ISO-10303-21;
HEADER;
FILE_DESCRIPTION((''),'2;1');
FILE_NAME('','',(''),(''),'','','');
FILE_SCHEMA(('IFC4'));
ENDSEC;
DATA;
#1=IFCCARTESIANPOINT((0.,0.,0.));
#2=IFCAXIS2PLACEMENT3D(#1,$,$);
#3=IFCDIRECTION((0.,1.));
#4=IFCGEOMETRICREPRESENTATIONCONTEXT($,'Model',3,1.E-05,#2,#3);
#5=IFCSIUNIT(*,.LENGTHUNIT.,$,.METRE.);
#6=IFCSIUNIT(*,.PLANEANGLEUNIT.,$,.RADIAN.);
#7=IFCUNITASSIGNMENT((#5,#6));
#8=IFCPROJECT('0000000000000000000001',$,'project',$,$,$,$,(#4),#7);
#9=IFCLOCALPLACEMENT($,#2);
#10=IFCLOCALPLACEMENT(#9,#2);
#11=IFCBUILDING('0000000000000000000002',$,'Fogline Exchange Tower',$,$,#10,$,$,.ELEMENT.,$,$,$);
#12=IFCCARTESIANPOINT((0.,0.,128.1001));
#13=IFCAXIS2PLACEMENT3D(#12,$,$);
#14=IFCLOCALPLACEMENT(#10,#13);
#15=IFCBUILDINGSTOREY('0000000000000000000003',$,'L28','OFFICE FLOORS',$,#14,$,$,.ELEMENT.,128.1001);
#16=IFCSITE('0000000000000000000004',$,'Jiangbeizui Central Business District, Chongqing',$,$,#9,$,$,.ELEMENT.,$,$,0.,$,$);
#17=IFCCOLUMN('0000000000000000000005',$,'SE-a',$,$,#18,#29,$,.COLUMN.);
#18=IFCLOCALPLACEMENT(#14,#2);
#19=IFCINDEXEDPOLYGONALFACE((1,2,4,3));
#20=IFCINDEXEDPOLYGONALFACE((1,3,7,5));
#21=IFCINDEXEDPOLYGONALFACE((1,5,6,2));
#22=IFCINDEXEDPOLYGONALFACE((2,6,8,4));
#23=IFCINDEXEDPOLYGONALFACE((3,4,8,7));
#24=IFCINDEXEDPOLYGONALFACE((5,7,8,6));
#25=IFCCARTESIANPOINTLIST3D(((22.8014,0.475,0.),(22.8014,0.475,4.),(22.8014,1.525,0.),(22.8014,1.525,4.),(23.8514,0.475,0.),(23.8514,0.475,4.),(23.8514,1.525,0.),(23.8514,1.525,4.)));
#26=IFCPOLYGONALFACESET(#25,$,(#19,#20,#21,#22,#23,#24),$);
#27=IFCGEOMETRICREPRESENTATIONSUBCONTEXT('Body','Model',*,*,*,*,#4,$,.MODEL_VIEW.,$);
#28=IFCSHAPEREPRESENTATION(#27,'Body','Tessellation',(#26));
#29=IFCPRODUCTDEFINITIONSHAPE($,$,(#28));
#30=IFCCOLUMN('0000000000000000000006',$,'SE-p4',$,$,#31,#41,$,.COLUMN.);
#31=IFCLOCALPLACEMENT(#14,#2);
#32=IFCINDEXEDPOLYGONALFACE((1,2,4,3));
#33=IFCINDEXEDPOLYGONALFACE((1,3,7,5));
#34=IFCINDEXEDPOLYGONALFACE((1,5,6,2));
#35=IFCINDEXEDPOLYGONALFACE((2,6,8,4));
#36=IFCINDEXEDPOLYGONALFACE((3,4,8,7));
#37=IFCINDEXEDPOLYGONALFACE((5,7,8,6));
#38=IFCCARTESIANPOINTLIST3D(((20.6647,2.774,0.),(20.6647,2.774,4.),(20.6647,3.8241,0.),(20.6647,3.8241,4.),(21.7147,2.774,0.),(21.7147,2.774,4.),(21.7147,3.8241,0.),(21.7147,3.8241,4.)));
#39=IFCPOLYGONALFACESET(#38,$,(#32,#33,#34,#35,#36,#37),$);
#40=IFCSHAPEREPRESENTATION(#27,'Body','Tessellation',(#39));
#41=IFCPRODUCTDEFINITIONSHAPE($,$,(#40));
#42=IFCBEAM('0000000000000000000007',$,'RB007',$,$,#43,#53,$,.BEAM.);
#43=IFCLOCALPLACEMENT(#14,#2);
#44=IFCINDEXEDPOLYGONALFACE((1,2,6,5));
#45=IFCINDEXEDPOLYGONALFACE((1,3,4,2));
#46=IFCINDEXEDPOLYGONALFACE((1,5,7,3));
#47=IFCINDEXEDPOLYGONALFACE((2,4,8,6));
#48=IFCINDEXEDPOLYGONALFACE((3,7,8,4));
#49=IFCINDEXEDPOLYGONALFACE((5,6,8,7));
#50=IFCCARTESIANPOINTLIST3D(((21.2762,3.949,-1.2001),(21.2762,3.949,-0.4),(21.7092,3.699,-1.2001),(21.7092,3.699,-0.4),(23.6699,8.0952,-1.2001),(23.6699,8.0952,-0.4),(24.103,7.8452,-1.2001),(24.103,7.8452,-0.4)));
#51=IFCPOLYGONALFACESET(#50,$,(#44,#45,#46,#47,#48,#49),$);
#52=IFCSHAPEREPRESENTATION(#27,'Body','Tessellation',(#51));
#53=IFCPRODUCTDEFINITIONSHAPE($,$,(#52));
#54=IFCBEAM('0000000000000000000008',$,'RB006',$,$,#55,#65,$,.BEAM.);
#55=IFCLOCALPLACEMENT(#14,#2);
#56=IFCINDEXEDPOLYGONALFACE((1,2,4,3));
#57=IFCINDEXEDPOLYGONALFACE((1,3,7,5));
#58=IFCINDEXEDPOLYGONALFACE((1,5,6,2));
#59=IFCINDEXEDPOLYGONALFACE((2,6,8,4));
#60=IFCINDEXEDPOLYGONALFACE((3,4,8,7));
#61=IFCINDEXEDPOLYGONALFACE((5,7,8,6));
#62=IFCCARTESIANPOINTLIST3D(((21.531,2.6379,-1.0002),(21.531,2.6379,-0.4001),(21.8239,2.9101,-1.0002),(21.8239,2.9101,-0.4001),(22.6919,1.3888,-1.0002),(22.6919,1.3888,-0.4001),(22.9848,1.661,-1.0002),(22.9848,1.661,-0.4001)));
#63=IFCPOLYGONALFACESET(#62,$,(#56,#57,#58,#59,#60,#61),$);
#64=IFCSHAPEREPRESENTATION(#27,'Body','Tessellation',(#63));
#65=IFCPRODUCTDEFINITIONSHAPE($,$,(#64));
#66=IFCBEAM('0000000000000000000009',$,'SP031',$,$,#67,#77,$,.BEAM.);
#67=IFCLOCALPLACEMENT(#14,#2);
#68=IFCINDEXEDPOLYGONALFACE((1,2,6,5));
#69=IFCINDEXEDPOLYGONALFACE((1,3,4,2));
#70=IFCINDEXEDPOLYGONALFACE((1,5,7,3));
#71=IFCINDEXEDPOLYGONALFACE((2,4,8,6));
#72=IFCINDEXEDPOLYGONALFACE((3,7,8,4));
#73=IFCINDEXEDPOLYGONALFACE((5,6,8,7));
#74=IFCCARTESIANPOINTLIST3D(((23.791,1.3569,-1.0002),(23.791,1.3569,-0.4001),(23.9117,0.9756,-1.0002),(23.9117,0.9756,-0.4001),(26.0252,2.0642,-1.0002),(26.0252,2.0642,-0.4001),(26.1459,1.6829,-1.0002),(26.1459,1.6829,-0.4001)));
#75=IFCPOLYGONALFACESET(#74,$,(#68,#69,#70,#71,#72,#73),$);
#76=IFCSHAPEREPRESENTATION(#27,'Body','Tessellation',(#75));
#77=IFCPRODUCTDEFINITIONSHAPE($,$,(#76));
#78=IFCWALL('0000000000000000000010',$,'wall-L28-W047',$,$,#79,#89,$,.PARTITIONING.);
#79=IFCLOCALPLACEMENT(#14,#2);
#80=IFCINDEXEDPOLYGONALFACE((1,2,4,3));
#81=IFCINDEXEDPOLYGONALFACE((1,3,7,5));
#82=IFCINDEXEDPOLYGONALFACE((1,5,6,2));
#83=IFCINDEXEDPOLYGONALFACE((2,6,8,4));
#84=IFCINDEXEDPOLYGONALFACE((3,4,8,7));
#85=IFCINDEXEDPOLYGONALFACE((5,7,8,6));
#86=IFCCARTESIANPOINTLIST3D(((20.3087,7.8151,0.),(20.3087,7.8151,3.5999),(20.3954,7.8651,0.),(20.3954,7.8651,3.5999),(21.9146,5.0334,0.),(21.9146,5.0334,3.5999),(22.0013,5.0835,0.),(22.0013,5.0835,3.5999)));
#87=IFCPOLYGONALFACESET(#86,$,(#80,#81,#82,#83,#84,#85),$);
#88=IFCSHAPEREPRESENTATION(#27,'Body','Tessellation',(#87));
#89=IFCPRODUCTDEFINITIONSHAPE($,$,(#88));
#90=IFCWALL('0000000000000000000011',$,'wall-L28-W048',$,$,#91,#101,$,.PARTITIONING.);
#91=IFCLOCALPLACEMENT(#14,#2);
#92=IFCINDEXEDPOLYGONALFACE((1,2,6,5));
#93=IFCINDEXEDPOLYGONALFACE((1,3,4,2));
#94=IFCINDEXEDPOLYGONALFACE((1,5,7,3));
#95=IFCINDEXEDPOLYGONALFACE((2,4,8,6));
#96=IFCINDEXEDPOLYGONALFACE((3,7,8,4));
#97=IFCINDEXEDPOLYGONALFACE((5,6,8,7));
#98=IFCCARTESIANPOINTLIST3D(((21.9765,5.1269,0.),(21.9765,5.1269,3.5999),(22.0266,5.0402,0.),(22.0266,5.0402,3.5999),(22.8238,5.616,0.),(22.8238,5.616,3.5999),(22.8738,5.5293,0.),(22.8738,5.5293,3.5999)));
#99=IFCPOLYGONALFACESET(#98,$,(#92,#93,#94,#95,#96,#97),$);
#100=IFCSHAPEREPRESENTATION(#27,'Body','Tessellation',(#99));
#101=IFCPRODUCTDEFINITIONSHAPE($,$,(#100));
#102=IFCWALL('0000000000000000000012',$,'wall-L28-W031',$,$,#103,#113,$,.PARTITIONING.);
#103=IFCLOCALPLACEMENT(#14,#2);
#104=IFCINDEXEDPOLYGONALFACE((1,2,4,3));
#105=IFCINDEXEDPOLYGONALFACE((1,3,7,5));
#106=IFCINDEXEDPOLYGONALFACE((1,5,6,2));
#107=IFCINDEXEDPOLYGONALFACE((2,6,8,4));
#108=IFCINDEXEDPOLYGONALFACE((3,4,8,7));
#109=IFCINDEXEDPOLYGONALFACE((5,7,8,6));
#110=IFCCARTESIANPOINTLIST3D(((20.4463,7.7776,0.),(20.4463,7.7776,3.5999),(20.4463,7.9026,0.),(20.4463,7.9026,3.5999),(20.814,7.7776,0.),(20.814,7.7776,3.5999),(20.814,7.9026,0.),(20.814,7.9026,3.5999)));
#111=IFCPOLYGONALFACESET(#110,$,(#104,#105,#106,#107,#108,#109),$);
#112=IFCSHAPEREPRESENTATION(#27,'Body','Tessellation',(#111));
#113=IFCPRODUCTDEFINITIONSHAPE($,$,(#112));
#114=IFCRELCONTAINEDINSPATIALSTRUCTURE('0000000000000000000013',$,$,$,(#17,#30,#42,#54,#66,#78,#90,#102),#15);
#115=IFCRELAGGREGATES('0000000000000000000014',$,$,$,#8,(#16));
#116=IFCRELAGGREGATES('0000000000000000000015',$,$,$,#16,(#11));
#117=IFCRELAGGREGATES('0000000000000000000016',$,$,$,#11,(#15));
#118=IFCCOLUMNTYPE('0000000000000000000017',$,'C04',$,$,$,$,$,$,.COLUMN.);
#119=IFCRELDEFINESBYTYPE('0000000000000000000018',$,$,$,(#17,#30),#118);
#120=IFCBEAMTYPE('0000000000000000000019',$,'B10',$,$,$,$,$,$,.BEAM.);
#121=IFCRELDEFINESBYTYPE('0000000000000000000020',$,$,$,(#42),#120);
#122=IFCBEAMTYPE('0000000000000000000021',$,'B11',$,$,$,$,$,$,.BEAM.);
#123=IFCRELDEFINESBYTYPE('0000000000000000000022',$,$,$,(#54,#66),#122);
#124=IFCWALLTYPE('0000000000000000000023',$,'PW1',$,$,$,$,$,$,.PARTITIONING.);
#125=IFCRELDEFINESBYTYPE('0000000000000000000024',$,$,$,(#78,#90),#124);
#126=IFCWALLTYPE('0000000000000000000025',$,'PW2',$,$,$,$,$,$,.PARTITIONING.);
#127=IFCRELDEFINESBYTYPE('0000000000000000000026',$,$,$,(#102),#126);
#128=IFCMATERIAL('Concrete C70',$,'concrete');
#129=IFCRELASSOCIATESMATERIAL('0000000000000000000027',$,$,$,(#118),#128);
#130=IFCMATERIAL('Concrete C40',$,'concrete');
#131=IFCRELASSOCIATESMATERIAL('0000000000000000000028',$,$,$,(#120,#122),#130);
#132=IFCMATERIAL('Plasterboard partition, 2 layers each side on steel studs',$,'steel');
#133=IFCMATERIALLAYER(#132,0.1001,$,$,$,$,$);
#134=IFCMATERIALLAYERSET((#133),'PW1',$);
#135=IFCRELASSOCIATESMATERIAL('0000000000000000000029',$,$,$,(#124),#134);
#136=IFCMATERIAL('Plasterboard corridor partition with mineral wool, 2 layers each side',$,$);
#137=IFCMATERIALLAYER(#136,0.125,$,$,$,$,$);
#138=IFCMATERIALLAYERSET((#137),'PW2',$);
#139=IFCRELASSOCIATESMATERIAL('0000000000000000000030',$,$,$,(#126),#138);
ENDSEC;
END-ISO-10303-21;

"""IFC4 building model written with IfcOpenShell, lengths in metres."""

from ifc_helpers import new_model, si_unit, direction, frame, frame_2d, origin, origin_2d, place, context, subcontext, project, spatial, rectangle, extrude, material, layer, layer_set, material_profile, profile_set, type_object, element, save


model = new_model("IFC4")

# Units and contexts
model_context = context("Model", 3, precision=1e-05, world=origin(), true_north=direction((0.0, 1.0)))
body_context = subcontext(model_context, "Body", "Model", "MODEL_VIEW")
ifc_project = project(units=[si_unit("LENGTHUNIT", "METRE"), si_unit("PLANEANGLEUNIT", "RADIAN")], contexts=[model_context])

# Site, building, storey
site_placement = place(None, origin())
site = spatial("IfcSite", under=ifc_project, at=site_placement, Name="Jiangbeizui Central Business District, Chongqing", CompositionType="ELEMENT", RefElevation=0.0)
building_placement = place(site_placement, origin())
building = spatial("IfcBuilding", under=site, at=building_placement, Name="Fogline Exchange Tower", CompositionType="ELEMENT")
storey_placement = place(building_placement, frame((0.0, 0.0, 128.1001)))
storey = spatial("IfcBuildingStorey", under=building, at=storey_placement, Name="L28", Description="OFFICE FLOORS", CompositionType="ELEMENT", Elevation=128.1001)

# Columns
ifc_material_1 = material(Name="Concrete C70", Category="concrete")
ifc_material_profile_1 = material_profile(ifc_material_1, rectangle(XDim=1.05, YDim=1.05, at=origin_2d()), Name="RC 1050x1050")
ifc_profile_set_1 = profile_set([ifc_material_profile_1], Name="Concrete C70")
column_type = type_object("IfcColumnType", Name="C04", PredefinedType="COLUMN", material=ifc_profile_set_1)
for number, where, z_axis, x_axis, name in (
    (1, (23.3264, 1.0, 0.0), (0.0, 0.0, 1.0), (1.0, 0.0, 0.0), "SE-a"),
    (2, (21.1897, 3.2991, 0.0), (0.0, 0.0, 1.0), (1.0, 0.0, 0.0), "SE-p4"),
):
    element("IfcColumn", number, at=place(storey_placement, frame(where, z_axis=z_axis, x_axis=x_axis)), inside=storey, type_object=column_type, Name=name, PredefinedType="COLUMN", context=body_context, shape_type="SweptSolid", body=[
        extrude(rectangle(XDim=1.05, YDim=1.05, at=origin_2d()), origin(), (0.0, 0.0, 1.0), 4.0),
    ])

# Beams
ifc_material_2 = material(Name="Concrete C40", Category="concrete")
ifc_material_profile_2 = material_profile(ifc_material_2, rectangle(XDim=0.5, YDim=0.8, at=origin_2d()), Name="RC 500x800")
ifc_profile_set_2 = profile_set([ifc_material_profile_2], Name="Concrete C40")
beam_type_1 = type_object("IfcBeamType", Name="B10", PredefinedType="BEAM", material=ifc_profile_set_2)
beam_1_placement = place(storey_placement, frame((21.4927, 3.824, -0.8), z_axis=(0.499995, 0.866028, 0.0), x_axis=(-0.866028, 0.499995, 0.0)))
element("IfcBeam", 3, at=beam_1_placement, inside=storey, type_object=beam_type_1, Name="RB007", PredefinedType="BEAM", context=body_context, shape_type="SweptSolid", body=[
    extrude(rectangle(XDim=0.5, YDim=0.8, at=origin_2d()), origin(), (0.0, 0.0, 1.0), 4.7876),
])
ifc_material_profile_3 = material_profile(ifc_material_2, rectangle(XDim=0.3999, YDim=0.6001, at=origin_2d()), Name="RC 400x600")
ifc_profile_set_3 = profile_set([ifc_material_profile_3], Name="Concrete C40")
beam_type_2 = type_object("IfcBeamType", Name="B11", PredefinedType="BEAM", material=ifc_profile_set_3)
beam_2_placement = place(storey_placement, frame((22.8384, 1.5249, -0.7002), z_axis=(-0.680792, 0.732477, 0.0), x_axis=(-0.732477, -0.680792, 0.0)))
element("IfcBeam", 4, at=beam_2_placement, inside=storey, type_object=beam_type_2, Name="RB006", PredefinedType="BEAM", context=body_context, shape_type="SweptSolid", body=[
    extrude(rectangle(XDim=0.3999, YDim=0.6001, at=origin_2d()), origin(), (0.0, 0.0, 1.0), 1.7053),
])
beam_3_placement = place(storey_placement, frame((23.8513, 1.1663, -0.7002), z_axis=(0.953367, 0.301814, 0.0), x_axis=(-0.301814, 0.953367, 0.0)))
element("IfcBeam", 5, at=beam_3_placement, inside=storey, type_object=beam_type_2, Name="SP031", PredefinedType="BEAM", context=body_context, shape_type="SweptSolid", body=[
    extrude(rectangle(XDim=0.3999, YDim=0.6001, at=origin_2d()), origin(), (0.0, 0.0, 1.0), 2.3435),
])

# Walls
ifc_material_3 = material(Name="Plasterboard partition, 2 layers each side on steel studs", Category="steel")
ifc_layer_1 = layer(ifc_material_3, 0.1001)
ifc_layer_set_1 = layer_set([ifc_layer_1], Name="PW1")
wall_type_1 = type_object("IfcWallType", Name="PW1", PredefinedType="PARTITIONING", material=ifc_layer_set_1)
wall_1_placement = place(storey_placement, frame((20.3521, 7.8401, 0.0), z_axis=(0.0, 0.0, 1.0), x_axis=(0.499981, -0.866036, 0.0)))
element("IfcWall", 6, at=wall_1_placement, inside=storey, type_object=wall_type_1, Name="wall-L28-W047", PredefinedType="PARTITIONING", context=body_context, shape_type="SweptSolid", body=[
    extrude(rectangle(XDim=3.2119, YDim=0.1001, at=frame_2d((1.606, 0.0))), origin(), (0.0, 0.0, 1.0), 3.5999),
])
wall_2_placement = place(storey_placement, frame((22.0015, 5.0835, 0.0), z_axis=(0.0, 0.0, 1.0), x_axis=(0.866069, 0.499924, 0.0)))
element("IfcWall", 7, at=wall_2_placement, inside=storey, type_object=wall_type_1, Name="wall-L28-W048", PredefinedType="PARTITIONING", context=body_context, shape_type="SweptSolid", body=[
    extrude(rectangle(XDim=0.9783, YDim=0.1001, at=frame_2d((0.4893, 0.0))), origin(), (0.0, 0.0, 1.0), 3.5999),
])
ifc_material_4 = material(Name="Plasterboard corridor partition with mineral wool, 2 layers each side")
ifc_layer_2 = layer(ifc_material_4, 0.125)
ifc_layer_set_2 = layer_set([ifc_layer_2], Name="PW2")
wall_type_2 = type_object("IfcWallType", Name="PW2", PredefinedType="PARTITIONING", material=ifc_layer_set_2)
wall_3_placement = place(storey_placement, frame((20.814, 7.8401, 0.0), z_axis=(0.0, 0.0, 1.0), x_axis=(-1.0, 0.0, 0.0)))
element("IfcWall", 8, at=wall_3_placement, inside=storey, type_object=wall_type_2, Name="wall-L28-W031", PredefinedType="PARTITIONING", context=body_context, shape_type="SweptSolid", body=[
    extrude(rectangle(XDim=0.3677, YDim=0.125, at=frame_2d((0.1838, 0.0))), origin(), (0.0, 0.0, 1.0), 3.5999),
])

save(model, "model.ifc")
